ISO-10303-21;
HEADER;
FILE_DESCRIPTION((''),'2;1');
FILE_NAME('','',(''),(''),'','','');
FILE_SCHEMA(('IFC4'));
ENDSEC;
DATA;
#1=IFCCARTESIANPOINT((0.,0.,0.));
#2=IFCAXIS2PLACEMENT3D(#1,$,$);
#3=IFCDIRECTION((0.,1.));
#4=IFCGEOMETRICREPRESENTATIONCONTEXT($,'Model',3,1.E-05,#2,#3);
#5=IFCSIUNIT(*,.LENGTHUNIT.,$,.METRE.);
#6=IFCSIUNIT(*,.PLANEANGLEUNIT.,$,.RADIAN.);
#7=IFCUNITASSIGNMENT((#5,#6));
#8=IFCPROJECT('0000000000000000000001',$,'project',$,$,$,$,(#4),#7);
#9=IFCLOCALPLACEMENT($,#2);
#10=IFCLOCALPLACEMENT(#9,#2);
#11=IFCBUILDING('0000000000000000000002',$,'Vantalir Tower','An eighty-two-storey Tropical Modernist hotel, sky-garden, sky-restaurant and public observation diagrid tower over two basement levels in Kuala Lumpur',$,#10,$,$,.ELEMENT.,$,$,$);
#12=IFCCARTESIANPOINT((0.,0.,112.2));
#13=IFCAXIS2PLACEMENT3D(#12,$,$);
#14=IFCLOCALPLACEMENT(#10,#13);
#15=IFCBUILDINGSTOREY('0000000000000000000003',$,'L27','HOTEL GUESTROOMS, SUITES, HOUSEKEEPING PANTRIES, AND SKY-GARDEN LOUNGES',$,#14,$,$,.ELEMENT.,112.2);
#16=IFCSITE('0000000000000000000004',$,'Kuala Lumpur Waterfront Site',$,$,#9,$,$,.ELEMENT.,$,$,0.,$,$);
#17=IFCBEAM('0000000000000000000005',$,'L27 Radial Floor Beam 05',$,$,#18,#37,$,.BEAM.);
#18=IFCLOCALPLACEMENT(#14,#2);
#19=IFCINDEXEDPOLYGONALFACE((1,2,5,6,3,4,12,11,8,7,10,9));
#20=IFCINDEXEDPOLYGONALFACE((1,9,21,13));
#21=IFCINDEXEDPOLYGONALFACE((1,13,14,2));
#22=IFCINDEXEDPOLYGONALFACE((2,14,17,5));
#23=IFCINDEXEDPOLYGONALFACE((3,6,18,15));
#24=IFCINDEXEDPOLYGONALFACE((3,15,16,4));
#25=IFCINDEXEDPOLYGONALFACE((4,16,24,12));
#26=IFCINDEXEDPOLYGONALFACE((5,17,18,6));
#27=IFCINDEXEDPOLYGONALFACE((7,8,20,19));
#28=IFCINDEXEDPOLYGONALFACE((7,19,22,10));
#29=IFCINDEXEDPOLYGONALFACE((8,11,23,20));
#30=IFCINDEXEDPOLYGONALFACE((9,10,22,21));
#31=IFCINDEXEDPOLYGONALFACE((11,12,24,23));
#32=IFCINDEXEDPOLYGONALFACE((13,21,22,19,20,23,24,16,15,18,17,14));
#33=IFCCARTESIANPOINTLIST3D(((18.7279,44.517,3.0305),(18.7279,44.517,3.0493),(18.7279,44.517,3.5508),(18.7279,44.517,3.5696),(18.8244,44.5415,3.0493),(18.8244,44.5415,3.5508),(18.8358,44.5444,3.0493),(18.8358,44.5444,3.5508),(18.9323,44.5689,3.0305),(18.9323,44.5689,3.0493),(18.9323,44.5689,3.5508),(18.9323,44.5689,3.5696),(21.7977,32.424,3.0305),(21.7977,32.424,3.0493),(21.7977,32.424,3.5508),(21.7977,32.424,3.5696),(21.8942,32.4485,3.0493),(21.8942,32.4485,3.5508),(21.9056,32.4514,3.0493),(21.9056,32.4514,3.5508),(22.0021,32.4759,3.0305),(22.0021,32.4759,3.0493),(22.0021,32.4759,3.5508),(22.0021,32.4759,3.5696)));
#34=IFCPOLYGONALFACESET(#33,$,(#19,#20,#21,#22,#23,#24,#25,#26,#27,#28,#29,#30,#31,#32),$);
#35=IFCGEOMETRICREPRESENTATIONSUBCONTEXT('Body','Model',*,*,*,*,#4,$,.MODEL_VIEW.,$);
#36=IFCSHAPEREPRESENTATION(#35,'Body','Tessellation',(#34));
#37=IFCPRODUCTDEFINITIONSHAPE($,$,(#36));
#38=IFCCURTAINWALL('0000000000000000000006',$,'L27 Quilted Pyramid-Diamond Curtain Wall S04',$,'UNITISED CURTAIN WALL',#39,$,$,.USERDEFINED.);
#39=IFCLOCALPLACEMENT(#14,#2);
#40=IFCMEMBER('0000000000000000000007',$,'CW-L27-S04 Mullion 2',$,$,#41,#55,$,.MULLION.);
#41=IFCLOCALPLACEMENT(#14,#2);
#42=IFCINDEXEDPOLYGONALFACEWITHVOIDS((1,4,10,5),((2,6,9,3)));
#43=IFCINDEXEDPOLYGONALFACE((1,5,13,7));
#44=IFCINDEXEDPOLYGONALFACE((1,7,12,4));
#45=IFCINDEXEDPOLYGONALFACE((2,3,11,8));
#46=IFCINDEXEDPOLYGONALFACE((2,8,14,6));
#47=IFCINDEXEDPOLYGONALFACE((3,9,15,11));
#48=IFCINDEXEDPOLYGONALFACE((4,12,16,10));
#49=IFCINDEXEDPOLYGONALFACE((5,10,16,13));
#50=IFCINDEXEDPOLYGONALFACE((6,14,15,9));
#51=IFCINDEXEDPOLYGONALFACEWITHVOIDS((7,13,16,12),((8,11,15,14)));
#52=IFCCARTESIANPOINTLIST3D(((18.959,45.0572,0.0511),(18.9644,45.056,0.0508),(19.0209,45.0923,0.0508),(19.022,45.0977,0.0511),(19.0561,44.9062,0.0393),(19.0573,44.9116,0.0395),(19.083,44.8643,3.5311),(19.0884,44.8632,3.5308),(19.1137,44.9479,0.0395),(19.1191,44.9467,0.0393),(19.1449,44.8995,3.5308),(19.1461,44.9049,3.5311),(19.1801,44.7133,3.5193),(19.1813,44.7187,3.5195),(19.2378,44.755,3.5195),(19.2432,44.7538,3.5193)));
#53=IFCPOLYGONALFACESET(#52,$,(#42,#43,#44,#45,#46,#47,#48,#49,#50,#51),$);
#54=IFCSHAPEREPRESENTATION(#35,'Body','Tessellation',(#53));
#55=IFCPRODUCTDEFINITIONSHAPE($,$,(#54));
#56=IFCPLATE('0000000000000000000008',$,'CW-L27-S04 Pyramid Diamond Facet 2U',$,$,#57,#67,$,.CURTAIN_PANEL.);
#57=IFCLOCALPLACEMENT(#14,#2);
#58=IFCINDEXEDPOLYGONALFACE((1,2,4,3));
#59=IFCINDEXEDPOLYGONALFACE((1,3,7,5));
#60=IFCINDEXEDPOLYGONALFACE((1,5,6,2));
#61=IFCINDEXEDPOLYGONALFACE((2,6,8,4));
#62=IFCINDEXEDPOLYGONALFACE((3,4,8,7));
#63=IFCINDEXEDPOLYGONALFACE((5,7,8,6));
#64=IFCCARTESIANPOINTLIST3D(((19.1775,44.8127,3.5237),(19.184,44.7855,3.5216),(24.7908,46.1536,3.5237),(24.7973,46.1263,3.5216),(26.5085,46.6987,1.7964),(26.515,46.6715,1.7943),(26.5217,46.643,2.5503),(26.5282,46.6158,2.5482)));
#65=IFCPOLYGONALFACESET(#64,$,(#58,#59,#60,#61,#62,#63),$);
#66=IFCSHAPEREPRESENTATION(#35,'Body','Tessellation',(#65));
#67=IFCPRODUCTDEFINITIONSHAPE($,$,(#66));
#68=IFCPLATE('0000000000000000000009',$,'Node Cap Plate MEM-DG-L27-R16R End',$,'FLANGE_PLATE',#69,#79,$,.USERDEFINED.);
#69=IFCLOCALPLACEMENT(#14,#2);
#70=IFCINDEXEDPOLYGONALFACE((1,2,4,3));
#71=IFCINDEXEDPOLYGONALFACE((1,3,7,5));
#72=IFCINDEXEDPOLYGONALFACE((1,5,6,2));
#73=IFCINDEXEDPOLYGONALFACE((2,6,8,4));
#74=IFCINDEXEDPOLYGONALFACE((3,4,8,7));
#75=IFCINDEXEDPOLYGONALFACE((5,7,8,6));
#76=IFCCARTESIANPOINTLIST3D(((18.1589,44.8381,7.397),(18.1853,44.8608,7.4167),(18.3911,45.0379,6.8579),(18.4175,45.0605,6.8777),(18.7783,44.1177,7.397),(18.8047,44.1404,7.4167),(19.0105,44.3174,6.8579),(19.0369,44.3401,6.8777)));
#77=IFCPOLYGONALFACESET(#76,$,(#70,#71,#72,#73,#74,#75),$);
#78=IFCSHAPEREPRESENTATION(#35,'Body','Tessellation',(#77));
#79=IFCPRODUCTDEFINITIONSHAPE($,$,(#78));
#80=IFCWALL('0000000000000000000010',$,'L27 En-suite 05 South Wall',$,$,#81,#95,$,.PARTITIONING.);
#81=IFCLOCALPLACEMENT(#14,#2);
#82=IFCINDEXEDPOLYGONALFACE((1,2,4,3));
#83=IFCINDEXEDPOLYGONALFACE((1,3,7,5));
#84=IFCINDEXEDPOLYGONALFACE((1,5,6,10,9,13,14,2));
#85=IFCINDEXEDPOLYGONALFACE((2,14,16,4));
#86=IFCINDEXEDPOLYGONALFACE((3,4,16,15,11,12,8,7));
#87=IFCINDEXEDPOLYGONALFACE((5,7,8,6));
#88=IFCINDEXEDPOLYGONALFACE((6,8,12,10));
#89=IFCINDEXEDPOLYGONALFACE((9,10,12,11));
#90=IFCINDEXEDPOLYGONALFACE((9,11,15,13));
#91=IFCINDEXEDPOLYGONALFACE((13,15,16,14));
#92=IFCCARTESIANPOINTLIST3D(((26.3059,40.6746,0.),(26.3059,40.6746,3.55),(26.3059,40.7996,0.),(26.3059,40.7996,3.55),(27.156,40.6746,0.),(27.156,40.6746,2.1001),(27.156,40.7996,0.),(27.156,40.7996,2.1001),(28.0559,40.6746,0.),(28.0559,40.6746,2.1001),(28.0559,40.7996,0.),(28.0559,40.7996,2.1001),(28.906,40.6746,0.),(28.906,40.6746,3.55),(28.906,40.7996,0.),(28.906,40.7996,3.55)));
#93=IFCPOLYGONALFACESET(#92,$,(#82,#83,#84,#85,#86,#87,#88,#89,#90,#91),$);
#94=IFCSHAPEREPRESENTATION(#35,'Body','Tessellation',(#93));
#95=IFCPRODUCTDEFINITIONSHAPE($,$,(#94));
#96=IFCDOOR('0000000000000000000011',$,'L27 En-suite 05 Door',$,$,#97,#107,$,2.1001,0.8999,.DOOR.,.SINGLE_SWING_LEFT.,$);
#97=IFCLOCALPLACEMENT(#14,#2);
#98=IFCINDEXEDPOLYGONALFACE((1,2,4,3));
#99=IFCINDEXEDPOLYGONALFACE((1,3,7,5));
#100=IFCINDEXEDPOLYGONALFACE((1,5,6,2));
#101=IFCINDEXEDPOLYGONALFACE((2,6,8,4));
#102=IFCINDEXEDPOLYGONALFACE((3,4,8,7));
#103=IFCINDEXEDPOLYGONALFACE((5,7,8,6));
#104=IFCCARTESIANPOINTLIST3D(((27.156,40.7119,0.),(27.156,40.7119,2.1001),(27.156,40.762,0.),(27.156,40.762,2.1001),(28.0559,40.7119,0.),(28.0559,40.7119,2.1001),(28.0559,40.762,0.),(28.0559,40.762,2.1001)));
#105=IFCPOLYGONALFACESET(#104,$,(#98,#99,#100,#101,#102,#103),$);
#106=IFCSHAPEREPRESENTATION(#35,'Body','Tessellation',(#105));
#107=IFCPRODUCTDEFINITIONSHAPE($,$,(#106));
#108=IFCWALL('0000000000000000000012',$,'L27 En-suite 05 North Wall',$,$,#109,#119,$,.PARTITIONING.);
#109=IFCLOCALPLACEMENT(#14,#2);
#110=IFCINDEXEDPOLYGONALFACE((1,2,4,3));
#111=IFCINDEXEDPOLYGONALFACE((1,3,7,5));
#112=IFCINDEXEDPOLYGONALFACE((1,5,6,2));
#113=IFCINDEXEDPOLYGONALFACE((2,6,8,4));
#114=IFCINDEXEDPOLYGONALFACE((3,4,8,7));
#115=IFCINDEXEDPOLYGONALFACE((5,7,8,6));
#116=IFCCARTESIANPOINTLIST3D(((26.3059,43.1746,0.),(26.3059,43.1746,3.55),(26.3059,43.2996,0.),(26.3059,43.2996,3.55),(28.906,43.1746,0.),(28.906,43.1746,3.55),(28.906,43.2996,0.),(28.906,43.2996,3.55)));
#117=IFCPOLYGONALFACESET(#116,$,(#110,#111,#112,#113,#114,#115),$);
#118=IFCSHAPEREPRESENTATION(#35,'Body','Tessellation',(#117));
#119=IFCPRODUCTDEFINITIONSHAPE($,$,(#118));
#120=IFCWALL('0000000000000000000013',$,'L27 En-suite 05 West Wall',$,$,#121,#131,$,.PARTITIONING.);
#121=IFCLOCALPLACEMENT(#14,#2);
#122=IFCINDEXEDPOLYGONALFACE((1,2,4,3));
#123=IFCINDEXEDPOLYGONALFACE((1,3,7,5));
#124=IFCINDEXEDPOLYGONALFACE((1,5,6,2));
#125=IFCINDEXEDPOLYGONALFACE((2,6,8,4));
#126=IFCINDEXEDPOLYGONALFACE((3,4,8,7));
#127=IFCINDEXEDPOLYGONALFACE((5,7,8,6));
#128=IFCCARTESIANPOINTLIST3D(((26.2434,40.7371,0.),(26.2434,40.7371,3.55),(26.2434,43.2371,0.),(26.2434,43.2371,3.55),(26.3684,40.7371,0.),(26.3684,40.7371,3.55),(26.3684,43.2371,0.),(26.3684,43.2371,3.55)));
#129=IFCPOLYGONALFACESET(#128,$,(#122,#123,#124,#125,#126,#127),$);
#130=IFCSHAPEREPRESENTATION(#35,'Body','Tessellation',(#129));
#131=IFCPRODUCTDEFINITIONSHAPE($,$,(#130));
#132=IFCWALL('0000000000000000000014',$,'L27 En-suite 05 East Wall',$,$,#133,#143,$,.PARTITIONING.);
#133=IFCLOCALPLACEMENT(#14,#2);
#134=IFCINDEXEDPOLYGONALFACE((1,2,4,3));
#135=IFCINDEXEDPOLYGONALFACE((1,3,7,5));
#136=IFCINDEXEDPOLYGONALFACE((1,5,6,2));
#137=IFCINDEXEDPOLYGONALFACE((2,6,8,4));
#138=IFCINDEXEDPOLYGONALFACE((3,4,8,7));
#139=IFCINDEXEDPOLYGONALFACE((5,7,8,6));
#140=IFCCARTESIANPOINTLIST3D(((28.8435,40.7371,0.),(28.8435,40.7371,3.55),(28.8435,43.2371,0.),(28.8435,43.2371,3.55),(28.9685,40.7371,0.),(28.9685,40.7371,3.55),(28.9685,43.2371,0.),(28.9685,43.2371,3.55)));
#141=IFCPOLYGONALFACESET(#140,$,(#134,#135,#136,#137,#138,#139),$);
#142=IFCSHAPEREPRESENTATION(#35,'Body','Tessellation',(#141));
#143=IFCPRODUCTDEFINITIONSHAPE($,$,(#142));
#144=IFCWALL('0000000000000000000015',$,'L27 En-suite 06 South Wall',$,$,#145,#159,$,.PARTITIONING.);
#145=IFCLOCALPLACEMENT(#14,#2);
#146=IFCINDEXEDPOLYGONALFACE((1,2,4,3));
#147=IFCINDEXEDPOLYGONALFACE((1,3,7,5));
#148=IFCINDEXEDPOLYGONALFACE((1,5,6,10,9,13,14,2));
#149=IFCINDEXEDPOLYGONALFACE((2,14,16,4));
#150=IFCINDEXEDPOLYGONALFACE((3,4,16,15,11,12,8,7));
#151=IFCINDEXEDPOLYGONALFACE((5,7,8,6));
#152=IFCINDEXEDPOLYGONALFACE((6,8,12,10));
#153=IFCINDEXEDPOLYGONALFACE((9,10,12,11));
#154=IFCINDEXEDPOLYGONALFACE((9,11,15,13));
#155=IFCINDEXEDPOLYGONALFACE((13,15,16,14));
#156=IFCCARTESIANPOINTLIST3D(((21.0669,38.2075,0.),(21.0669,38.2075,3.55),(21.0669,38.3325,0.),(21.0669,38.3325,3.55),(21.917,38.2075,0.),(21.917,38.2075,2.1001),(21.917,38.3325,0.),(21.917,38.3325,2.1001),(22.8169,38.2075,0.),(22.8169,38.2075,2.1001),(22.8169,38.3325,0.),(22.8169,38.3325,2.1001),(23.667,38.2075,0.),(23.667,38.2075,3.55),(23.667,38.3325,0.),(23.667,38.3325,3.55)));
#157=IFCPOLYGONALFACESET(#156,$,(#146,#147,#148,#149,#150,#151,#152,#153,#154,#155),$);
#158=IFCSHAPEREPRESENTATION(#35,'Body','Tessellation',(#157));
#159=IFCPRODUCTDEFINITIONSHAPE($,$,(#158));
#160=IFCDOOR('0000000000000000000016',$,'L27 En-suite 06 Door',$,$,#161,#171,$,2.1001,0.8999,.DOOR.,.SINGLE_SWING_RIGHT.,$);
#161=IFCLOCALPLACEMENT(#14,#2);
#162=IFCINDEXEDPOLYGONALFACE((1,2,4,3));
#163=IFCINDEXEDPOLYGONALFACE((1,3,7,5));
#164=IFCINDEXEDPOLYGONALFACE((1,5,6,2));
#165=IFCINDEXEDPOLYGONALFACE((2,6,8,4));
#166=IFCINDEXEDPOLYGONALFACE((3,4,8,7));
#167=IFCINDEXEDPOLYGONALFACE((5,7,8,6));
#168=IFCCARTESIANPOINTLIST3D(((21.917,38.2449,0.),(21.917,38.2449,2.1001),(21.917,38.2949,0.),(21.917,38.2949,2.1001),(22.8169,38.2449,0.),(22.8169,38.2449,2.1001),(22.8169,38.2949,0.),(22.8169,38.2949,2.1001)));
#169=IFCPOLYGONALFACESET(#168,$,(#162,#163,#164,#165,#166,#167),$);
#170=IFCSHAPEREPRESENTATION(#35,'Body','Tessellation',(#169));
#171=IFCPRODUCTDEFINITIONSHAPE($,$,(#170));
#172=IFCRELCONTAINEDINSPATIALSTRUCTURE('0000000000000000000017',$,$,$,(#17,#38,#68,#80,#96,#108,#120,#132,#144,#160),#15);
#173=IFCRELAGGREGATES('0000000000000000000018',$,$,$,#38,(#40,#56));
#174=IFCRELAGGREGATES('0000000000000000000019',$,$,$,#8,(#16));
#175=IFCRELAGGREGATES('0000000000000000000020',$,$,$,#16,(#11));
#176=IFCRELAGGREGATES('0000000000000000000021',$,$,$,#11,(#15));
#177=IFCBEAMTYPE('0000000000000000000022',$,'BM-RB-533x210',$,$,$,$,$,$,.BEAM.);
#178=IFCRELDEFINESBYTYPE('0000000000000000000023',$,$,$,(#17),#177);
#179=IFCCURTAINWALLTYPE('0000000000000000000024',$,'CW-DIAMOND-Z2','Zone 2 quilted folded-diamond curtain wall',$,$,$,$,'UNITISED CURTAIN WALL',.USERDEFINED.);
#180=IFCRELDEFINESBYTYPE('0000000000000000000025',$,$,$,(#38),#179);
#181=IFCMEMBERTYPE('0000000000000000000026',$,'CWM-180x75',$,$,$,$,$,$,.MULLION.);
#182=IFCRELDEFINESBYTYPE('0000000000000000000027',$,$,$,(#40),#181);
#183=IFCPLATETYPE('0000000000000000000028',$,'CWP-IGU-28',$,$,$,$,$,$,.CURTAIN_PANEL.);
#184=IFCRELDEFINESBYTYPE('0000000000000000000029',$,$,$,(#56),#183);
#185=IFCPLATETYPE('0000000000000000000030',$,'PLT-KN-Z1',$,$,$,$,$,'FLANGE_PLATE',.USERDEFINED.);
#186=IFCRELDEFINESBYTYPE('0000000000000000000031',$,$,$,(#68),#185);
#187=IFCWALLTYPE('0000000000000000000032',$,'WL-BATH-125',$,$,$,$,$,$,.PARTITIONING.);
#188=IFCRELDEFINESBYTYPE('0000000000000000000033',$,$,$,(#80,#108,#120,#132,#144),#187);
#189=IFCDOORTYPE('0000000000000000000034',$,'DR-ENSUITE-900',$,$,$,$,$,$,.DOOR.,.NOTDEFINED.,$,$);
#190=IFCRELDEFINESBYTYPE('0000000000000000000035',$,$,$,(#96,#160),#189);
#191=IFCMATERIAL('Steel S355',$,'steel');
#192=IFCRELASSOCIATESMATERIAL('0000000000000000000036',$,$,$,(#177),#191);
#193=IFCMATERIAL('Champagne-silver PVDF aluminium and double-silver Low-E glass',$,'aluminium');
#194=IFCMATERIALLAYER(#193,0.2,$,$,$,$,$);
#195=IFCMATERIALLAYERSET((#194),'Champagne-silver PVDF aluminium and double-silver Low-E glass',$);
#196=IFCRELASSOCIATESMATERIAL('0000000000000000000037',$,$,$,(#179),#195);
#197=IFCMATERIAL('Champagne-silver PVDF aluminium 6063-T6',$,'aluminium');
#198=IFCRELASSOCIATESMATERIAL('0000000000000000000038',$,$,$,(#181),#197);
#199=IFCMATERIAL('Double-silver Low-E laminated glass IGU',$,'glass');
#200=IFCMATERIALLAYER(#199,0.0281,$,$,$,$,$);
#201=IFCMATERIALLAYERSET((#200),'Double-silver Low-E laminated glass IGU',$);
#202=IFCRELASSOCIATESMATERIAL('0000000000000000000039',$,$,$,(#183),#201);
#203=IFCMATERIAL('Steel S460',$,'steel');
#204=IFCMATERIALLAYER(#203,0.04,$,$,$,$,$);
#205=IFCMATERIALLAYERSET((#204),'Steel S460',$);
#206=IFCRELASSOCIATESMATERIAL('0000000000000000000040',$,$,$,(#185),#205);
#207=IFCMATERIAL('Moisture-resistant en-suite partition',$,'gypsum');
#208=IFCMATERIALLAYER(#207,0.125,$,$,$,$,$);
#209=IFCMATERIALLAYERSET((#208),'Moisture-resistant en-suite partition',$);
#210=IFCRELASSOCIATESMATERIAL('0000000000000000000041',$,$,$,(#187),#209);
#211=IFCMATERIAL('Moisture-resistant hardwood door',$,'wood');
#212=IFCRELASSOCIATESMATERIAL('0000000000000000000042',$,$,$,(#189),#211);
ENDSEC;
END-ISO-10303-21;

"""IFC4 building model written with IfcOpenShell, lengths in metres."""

from ifc_helpers import new_model, si_unit, direction, frame, frame_2d, origin, origin_2d, place, context, subcontext, project, spatial, polyline, rectangle, hollow_rectangle, i_section, outline, extrude, material, layer, layer_set, material_profile, profile_set, type_object, element, fill, aggregate, save


model = new_model("IFC4")

# Units and contexts
model_context = context("Model", 3, precision=1e-05, world=origin(), true_north=direction((0.0, 1.0)))
body_context = subcontext(model_context, "Body", "Model", "MODEL_VIEW")
ifc_project = project(units=[si_unit("LENGTHUNIT", "METRE"), si_unit("PLANEANGLEUNIT", "RADIAN")], contexts=[model_context])

# Site, building, storey
site_placement = place(None, origin())
site = spatial("IfcSite", under=ifc_project, at=site_placement, Name="Kuala Lumpur Waterfront Site", CompositionType="ELEMENT", RefElevation=0.0)
building_placement = place(site_placement, origin())
building = spatial("IfcBuilding", under=site, at=building_placement, Name="Vantalir Tower", Description="An eighty-two-storey Tropical Modernist hotel, sky-garden, sky-restaurant and public observation diagrid tower over two basement levels in Kuala Lumpur", CompositionType="ELEMENT")
storey_placement = place(building_placement, frame((0.0, 0.0, 112.2)))
storey = spatial("IfcBuildingStorey", under=building, at=storey_placement, Name="L27", Description="HOTEL GUESTROOMS, SUITES, HOUSEKEEPING PANTRIES, AND SKY-GARDEN LOUNGES", CompositionType="ELEMENT", Elevation=112.2)

# Beam
ifc_material_1 = material(Name="Steel S355", Category="steel")
ifc_material_profile_1 = material_profile(ifc_material_1, i_section(OverallWidth=0.2109, OverallDepth=0.5391, WebThickness=0.0117, FlangeThickness=0.0188, at=origin_2d()), Name="Steel S355")
ifc_profile_set_1 = profile_set([ifc_material_profile_1], Name="Steel S355")
beam_type = type_object("IfcBeamType", Name="BM-RB-533x210", PredefinedType="BEAM", material=ifc_profile_set_1)
beam_placement = place(storey_placement, frame((18.8301, 44.543, 3.3), z_axis=(0.246047, -0.969258, 0.0), x_axis=(0.969258, 0.246047, 0.0)))
element("IfcBeam", 1, at=beam_placement, inside=storey, type_object=beam_type, Name="L27 Radial Floor Beam 05", PredefinedType="BEAM", context=body_context, shape_type="SweptSolid", body=[
    extrude(i_section(OverallWidth=0.2109, OverallDepth=0.5391, WebThickness=0.0117, FlangeThickness=0.0188, at=origin_2d()), origin(), (0.0, 0.0, 1.0), 12.4766),
])

# Curtain wall, member, plate
ifc_material_2 = material(Name="Champagne-silver PVDF aluminium and double-silver Low-E glass", Category="aluminium")
ifc_layer_1 = layer(ifc_material_2, 0.2)
ifc_layer_set_1 = layer_set([ifc_layer_1], Name="Champagne-silver PVDF aluminium and double-silver Low-E glass")
curtain_wall_type = type_object("IfcCurtainWallType", Name="CW-DIAMOND-Z2", Description="Zone 2 quilted folded-diamond curtain wall", ElementType="UNITISED CURTAIN WALL", PredefinedType="USERDEFINED", material=ifc_layer_set_1)
curtain_wall_placement = place(storey_placement, origin())
curtain_wall = element("IfcCurtainWall", 2, at=curtain_wall_placement, inside=storey, type_object=curtain_wall_type, Name="L27 Quilted Pyramid-Diamond Curtain Wall S04", ObjectType="UNITISED CURTAIN WALL", PredefinedType="USERDEFINED")
ifc_material_3 = material(Name="Champagne-silver PVDF aluminium 6063-T6", Category="aluminium")
ifc_material_profile_2 = material_profile(ifc_material_3, hollow_rectangle(XDim=0.075, YDim=0.1799, WallThickness=0.0039, at=origin_2d()), Name="Champagne-silver PVDF aluminium 6063-T6")
ifc_profile_set_2 = profile_set([ifc_material_profile_2], Name="Champagne-silver PVDF aluminium 6063-T6")
member_type = type_object("IfcMemberType", Name="CWM-180x75", PredefinedType="MULLION", material=ifc_profile_set_2)
member_placement = place(storey_placement, frame((19.0391, 45.002, 0.0452), z_axis=(0.035562, -0.055303, 0.997836), x_axis=(0.841109, 0.540865, 0.0)))
member = element("IfcMember", 3, at=member_placement, type_object=member_type, Name="CW-L27-S04 Mullion 2", PredefinedType="MULLION", context=body_context, shape_type="SweptSolid", body=[
    extrude(hollow_rectangle(XDim=0.075, YDim=0.1799, WallThickness=0.0039, at=origin_2d()), origin(), (0.0, 0.0, 1.0), 3.4875),
])
ifc_material_4 = material(Name="Double-silver Low-E laminated glass IGU", Category="glass")
ifc_layer_2 = layer(ifc_material_4, 0.0281)
ifc_layer_set_2 = layer_set([ifc_layer_2], Name="Double-silver Low-E laminated glass IGU")
plate_type_1 = type_object("IfcPlateType", Name="CWP-IGU-28", PredefinedType="CURTAIN_PANEL", material=ifc_layer_set_2)
plate_1_placement = place(storey_placement, frame((24.7908, 46.1536, 3.5237), z_axis=(-0.231669, 0.969844, 0.075709), x_axis=(-0.972636, -0.232336, 0.0)))
plate_1 = element("IfcPlate", 4, at=plate_1_placement, type_object=plate_type_1, Name="CW-L27-S04 Pyramid Diamond Facet 2U", PredefinedType="CURTAIN_PANEL", context=body_context, shape_type="SweptSolid", body=[
    extrude(outline(polyline([(0.0, 0.0), (5.7712, 0.0), (-1.7974, -1.7323), (-1.7973, -0.9762), (0.0, 0.0)])), origin(), (0.0, 0.0, -1.0), 0.0281),
])
aggregate(curtain_wall, [member, plate_1])

# Plate
ifc_material_5 = material(Name="Steel S460", Category="steel")
ifc_layer_3 = layer(ifc_material_5, 0.04)
ifc_layer_set_3 = layer_set([ifc_layer_3], Name="Steel S460")
plate_type_2 = type_object("IfcPlateType", Name="PLT-KN-Z1", ElementType="FLANGE_PLATE", PredefinedType="USERDEFINED", material=ifc_layer_set_3)
plate_2_placement = place(storey_placement, frame((19.0369, 44.3401, 6.8777), z_axis=(0.659322, 0.566825, 0.493967), x_axis=(-0.651912, 0.758294, 0.0)))
element("IfcPlate", 5, at=plate_2_placement, inside=storey, type_object=plate_type_2, Name="Node Cap Plate MEM-DG-L27-R16R End", ObjectType="FLANGE_PLATE", PredefinedType="USERDEFINED", context=body_context, shape_type="SweptSolid", body=[
    extrude(outline(polyline([(0.0, 0.0), (0.9501, 0.0), (0.95, 0.62), (-0.0001, 0.62), (0.0, 0.0)])), origin(), (0.0, 0.0, -1.0), 0.04),
])

# Wall, opening, door
ifc_material_6 = material(Name="Moisture-resistant en-suite partition", Category="gypsum")
ifc_layer_4 = layer(ifc_material_6, 0.125)
ifc_layer_set_4 = layer_set([ifc_layer_4], Name="Moisture-resistant en-suite partition")
wall_type_1 = type_object("IfcWallType", Name="WL-BATH-125", PredefinedType="PARTITIONING", material=ifc_layer_set_4)
wall_1_placement = place(storey_placement, frame((26.3059, 40.7371, 0.0), z_axis=(0.0, 0.0, 1.0), x_axis=(1.0, 0.0, 0.0)))
wall_1 = element("IfcWall", 6, at=wall_1_placement, inside=storey, type_object=wall_type_1, Name="L27 En-suite 05 South Wall", PredefinedType="PARTITIONING", context=body_context, shape_type="SweptSolid", body=[
    extrude(rectangle(XDim=2.6001, YDim=0.125, at=frame_2d((1.3, 0.0))), origin(), (0.0, 0.0, 1.0), 3.55),
])
opening_1_placement = place(wall_1_placement, frame((0.8501, 0.0, 0.0)))
opening_1 = element("IfcOpeningElement", 7, at=opening_1_placement, cuts=wall_1, PredefinedType="OPENING", context=body_context, shape_type="SweptSolid", body=[
    extrude(rectangle(XDim=0.8999, YDim=2.1001, at=frame_2d((0.45, 1.05))), frame((0.0, 0.0725, 0.0), z_axis=(0.0, -1.0, 0.0), x_axis=(1.0, 0.0, 0.0)), (0.0, 0.0, 1.0), 0.145),
])
ifc_material_7 = material(Name="Moisture-resistant hardwood door", Category="wood")
door_type = type_object("IfcDoorType", Name="DR-ENSUITE-900", OperationType="NOTDEFINED", PredefinedType="DOOR", material=ifc_material_7)
door_1_placement = place(opening_1_placement, origin())
door_1 = element("IfcDoor", 8, at=door_1_placement, inside=storey, type_object=door_type, Name="L27 En-suite 05 Door", OperationType="SINGLE_SWING_LEFT", OverallHeight=2.1001, OverallWidth=0.8999, PredefinedType="DOOR", context=body_context, shape_type="SweptSolid", body=[
    extrude(rectangle(XDim=0.8999, YDim=2.1001, at=frame_2d((0.45, 1.05))), frame((0.0, 0.0249, 0.0), z_axis=(0.0, -1.0, 0.0), x_axis=(1.0, 0.0, 0.0)), (0.0, 0.0, 1.0), 0.05),
])
fill(opening_1, door_1)

# Walls
wall_2_placement = place(storey_placement, frame((26.3059, 43.2371, 0.0), z_axis=(0.0, 0.0, 1.0), x_axis=(1.0, 0.0, 0.0)))
element("IfcWall", 9, at=wall_2_placement, inside=storey, type_object=wall_type_1, Name="L27 En-suite 05 North Wall", PredefinedType="PARTITIONING", context=body_context, shape_type="SweptSolid", body=[
    extrude(rectangle(XDim=2.6001, YDim=0.125, at=frame_2d((1.3, 0.0))), origin(), (0.0, 0.0, 1.0), 3.55),
])
for number, where, z_axis, x_axis, name in (
    (10, (26.3059, 40.7371, 0.0), (0.0, 0.0, 1.0), (0.0, 1.0, 0.0), "L27 En-suite 05 West Wall"),
    (11, (28.906, 40.7371, 0.0), (0.0, 0.0, 1.0), (0.0, 1.0, 0.0), "L27 En-suite 05 East Wall"),
):
    element("IfcWall", number, at=place(storey_placement, frame(where, z_axis=z_axis, x_axis=x_axis)), inside=storey, type_object=wall_type_1, Name=name, PredefinedType="PARTITIONING", context=body_context, shape_type="SweptSolid", body=[
        extrude(rectangle(XDim=2.5, YDim=0.125, at=frame_2d((1.25, 0.0))), origin(), (0.0, 0.0, 1.0), 3.55),
    ])

# Wall, opening, door
wall_3_placement = place(storey_placement, frame((21.0669, 38.27, 0.0), z_axis=(0.0, 0.0, 1.0), x_axis=(1.0, 0.0, 0.0)))
wall_3 = element("IfcWall", 12, at=wall_3_placement, inside=storey, type_object=wall_type_1, Name="L27 En-suite 06 South Wall", PredefinedType="PARTITIONING", context=body_context, shape_type="SweptSolid", body=[
    extrude(rectangle(XDim=2.6001, YDim=0.125, at=frame_2d((1.3, 0.0))), origin(), (0.0, 0.0, 1.0), 3.55),
])
opening_2_placement = place(wall_3_placement, frame((0.8501, 0.0, 0.0)))
opening_2 = element("IfcOpeningElement", 13, at=opening_2_placement, cuts=wall_3, PredefinedType="OPENING", context=body_context, shape_type="SweptSolid", body=[
    extrude(rectangle(XDim=0.8999, YDim=2.1001, at=frame_2d((0.45, 1.05))), frame((0.0, 0.0725, 0.0), z_axis=(0.0, -1.0, 0.0), x_axis=(1.0, 0.0, 0.0)), (0.0, 0.0, 1.0), 0.145),
])
door_2_placement = place(opening_2_placement, origin())
door_2 = element("IfcDoor", 14, at=door_2_placement, inside=storey, type_object=door_type, Name="L27 En-suite 06 Door", OperationType="SINGLE_SWING_RIGHT", OverallHeight=2.1001, OverallWidth=0.8999, PredefinedType="DOOR", context=body_context, shape_type="SweptSolid", body=[
    extrude(rectangle(XDim=0.8999, YDim=2.1001, at=frame_2d((0.45, 1.05))), frame((0.0, 0.0249, 0.0), z_axis=(0.0, -1.0, 0.0), x_axis=(1.0, 0.0, 0.0)), (0.0, 0.0, 1.0), 0.05),
])
fill(opening_2, door_2)

save(model, "model.ifc")
